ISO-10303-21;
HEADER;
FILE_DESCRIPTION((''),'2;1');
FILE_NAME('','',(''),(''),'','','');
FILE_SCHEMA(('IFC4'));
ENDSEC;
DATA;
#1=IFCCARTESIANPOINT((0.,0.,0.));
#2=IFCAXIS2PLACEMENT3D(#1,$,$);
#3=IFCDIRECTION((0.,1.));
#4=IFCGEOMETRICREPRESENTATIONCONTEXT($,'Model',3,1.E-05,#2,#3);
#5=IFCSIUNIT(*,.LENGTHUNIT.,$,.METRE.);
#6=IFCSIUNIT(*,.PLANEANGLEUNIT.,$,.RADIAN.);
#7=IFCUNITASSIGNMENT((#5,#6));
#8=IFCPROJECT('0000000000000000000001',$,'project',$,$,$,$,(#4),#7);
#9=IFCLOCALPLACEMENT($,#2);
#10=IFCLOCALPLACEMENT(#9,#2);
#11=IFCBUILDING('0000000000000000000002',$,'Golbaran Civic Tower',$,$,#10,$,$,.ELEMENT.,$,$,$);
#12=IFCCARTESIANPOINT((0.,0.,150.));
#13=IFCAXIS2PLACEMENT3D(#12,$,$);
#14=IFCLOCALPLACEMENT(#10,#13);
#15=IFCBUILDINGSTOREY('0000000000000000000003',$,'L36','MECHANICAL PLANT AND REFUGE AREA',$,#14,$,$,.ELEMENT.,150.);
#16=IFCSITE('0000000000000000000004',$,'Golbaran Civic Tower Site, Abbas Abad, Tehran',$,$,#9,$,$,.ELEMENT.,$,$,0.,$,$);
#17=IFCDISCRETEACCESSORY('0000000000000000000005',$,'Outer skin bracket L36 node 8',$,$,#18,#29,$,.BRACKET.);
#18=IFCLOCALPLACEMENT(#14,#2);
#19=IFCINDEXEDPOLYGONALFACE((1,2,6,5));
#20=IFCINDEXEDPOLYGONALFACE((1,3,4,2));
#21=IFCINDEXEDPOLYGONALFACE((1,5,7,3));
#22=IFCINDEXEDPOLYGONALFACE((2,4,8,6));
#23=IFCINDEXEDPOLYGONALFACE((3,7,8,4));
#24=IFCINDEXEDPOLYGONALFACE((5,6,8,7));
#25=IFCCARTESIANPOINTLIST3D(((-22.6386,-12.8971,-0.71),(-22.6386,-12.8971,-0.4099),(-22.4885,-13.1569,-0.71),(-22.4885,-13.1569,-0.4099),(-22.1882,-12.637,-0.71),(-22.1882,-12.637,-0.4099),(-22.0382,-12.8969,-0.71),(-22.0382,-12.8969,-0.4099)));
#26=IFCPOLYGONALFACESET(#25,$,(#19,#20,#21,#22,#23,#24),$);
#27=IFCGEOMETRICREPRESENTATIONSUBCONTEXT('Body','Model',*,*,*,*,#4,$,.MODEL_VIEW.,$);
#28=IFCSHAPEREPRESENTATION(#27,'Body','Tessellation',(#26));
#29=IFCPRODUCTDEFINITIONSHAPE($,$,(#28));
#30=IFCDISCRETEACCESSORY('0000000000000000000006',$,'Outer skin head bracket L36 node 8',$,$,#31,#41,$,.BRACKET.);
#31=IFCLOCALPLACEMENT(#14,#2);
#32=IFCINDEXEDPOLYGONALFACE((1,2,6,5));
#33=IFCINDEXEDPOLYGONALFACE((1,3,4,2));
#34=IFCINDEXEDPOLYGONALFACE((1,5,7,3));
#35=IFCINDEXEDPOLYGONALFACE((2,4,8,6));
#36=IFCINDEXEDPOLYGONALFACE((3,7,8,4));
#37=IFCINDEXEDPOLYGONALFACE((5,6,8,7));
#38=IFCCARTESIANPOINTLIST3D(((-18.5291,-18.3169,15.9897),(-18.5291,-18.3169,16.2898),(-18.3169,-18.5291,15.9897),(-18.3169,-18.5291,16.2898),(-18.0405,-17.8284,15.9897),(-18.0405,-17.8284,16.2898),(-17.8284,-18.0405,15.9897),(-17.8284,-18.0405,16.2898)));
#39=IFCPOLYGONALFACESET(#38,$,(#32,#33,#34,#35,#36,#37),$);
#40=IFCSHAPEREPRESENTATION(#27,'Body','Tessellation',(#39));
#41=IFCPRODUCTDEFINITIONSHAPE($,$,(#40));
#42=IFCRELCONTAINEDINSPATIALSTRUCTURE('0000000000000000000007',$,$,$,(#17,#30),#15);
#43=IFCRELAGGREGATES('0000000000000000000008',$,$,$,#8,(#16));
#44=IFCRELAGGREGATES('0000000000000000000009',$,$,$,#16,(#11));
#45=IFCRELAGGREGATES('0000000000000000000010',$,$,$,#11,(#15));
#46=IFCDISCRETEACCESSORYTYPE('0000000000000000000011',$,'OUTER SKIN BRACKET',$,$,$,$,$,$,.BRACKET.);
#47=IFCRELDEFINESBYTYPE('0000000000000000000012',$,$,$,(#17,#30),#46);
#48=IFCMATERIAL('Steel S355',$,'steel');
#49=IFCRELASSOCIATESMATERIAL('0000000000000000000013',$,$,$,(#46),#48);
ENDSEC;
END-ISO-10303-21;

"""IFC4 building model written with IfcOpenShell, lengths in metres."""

from ifc_helpers import new_model, si_unit, direction, frame, origin, origin_2d, place, context, subcontext, project, spatial, rectangle, extrude, material, type_object, element, save


model = new_model("IFC4")

# Units and contexts
model_context = context("Model", 3, precision=1e-05, world=origin(), true_north=direction((0.0, 1.0)))
body_context = subcontext(model_context, "Body", "Model", "MODEL_VIEW")
ifc_project = project(units=[si_unit("LENGTHUNIT", "METRE"), si_unit("PLANEANGLEUNIT", "RADIAN")], contexts=[model_context])

# Site, building, storey
site_placement = place(None, origin())
site = spatial("IfcSite", under=ifc_project, at=site_placement, Name="Golbaran Civic Tower Site, Abbas Abad, Tehran", CompositionType="ELEMENT", RefElevation=0.0)
building_placement = place(site_placement, origin())
building = spatial("IfcBuilding", under=site, at=building_placement, Name="Golbaran Civic Tower", CompositionType="ELEMENT")
storey_placement = place(building_placement, frame((0.0, 0.0, 150.0)))
storey = spatial("IfcBuildingStorey", under=building, at=storey_placement, Name="L36", Description="MECHANICAL PLANT AND REFUGE AREA", CompositionType="ELEMENT", Elevation=150.0)

# Shared definitions
ifc_material_1 = material(Name="Steel S355", Category="steel")

# Discrete accessories
discrete_accessory_type = type_object("IfcDiscreteAccessoryType", Name="OUTER SKIN BRACKET", PredefinedType="BRACKET", material=ifc_material_1)
discrete_accessory_1_placement = place(storey_placement, frame((-22.3384, -12.897, -0.71), z_axis=(0.0, 0.0, 1.0), x_axis=(-0.866025, -0.5, 0.0)))
element("IfcDiscreteAccessory", 1, at=discrete_accessory_1_placement, inside=storey, type_object=discrete_accessory_type, Name="Outer skin bracket L36 node 8", PredefinedType="BRACKET", context=body_context, shape_type="SweptSolid", body=[
    extrude(rectangle(XDim=0.52, YDim=0.3, at=origin_2d()), origin(), (0.0, 0.0, 1.0), 0.3),
])
discrete_accessory_2_placement = place(storey_placement, frame((-18.1787, -18.1787, 15.9897), z_axis=(0.0, 0.0, 1.0), x_axis=(-0.707107, -0.707107, 0.0)))
element("IfcDiscreteAccessory", 2, at=discrete_accessory_2_placement, inside=storey, type_object=discrete_accessory_type, Name="Outer skin head bracket L36 node 8", PredefinedType="BRACKET", context=body_context, shape_type="SweptSolid", body=[
    extrude(rectangle(XDim=0.6909, YDim=0.3, at=origin_2d()), origin(), (0.0, 0.0, 1.0), 0.3),
])

save(model, "model.ifc")
